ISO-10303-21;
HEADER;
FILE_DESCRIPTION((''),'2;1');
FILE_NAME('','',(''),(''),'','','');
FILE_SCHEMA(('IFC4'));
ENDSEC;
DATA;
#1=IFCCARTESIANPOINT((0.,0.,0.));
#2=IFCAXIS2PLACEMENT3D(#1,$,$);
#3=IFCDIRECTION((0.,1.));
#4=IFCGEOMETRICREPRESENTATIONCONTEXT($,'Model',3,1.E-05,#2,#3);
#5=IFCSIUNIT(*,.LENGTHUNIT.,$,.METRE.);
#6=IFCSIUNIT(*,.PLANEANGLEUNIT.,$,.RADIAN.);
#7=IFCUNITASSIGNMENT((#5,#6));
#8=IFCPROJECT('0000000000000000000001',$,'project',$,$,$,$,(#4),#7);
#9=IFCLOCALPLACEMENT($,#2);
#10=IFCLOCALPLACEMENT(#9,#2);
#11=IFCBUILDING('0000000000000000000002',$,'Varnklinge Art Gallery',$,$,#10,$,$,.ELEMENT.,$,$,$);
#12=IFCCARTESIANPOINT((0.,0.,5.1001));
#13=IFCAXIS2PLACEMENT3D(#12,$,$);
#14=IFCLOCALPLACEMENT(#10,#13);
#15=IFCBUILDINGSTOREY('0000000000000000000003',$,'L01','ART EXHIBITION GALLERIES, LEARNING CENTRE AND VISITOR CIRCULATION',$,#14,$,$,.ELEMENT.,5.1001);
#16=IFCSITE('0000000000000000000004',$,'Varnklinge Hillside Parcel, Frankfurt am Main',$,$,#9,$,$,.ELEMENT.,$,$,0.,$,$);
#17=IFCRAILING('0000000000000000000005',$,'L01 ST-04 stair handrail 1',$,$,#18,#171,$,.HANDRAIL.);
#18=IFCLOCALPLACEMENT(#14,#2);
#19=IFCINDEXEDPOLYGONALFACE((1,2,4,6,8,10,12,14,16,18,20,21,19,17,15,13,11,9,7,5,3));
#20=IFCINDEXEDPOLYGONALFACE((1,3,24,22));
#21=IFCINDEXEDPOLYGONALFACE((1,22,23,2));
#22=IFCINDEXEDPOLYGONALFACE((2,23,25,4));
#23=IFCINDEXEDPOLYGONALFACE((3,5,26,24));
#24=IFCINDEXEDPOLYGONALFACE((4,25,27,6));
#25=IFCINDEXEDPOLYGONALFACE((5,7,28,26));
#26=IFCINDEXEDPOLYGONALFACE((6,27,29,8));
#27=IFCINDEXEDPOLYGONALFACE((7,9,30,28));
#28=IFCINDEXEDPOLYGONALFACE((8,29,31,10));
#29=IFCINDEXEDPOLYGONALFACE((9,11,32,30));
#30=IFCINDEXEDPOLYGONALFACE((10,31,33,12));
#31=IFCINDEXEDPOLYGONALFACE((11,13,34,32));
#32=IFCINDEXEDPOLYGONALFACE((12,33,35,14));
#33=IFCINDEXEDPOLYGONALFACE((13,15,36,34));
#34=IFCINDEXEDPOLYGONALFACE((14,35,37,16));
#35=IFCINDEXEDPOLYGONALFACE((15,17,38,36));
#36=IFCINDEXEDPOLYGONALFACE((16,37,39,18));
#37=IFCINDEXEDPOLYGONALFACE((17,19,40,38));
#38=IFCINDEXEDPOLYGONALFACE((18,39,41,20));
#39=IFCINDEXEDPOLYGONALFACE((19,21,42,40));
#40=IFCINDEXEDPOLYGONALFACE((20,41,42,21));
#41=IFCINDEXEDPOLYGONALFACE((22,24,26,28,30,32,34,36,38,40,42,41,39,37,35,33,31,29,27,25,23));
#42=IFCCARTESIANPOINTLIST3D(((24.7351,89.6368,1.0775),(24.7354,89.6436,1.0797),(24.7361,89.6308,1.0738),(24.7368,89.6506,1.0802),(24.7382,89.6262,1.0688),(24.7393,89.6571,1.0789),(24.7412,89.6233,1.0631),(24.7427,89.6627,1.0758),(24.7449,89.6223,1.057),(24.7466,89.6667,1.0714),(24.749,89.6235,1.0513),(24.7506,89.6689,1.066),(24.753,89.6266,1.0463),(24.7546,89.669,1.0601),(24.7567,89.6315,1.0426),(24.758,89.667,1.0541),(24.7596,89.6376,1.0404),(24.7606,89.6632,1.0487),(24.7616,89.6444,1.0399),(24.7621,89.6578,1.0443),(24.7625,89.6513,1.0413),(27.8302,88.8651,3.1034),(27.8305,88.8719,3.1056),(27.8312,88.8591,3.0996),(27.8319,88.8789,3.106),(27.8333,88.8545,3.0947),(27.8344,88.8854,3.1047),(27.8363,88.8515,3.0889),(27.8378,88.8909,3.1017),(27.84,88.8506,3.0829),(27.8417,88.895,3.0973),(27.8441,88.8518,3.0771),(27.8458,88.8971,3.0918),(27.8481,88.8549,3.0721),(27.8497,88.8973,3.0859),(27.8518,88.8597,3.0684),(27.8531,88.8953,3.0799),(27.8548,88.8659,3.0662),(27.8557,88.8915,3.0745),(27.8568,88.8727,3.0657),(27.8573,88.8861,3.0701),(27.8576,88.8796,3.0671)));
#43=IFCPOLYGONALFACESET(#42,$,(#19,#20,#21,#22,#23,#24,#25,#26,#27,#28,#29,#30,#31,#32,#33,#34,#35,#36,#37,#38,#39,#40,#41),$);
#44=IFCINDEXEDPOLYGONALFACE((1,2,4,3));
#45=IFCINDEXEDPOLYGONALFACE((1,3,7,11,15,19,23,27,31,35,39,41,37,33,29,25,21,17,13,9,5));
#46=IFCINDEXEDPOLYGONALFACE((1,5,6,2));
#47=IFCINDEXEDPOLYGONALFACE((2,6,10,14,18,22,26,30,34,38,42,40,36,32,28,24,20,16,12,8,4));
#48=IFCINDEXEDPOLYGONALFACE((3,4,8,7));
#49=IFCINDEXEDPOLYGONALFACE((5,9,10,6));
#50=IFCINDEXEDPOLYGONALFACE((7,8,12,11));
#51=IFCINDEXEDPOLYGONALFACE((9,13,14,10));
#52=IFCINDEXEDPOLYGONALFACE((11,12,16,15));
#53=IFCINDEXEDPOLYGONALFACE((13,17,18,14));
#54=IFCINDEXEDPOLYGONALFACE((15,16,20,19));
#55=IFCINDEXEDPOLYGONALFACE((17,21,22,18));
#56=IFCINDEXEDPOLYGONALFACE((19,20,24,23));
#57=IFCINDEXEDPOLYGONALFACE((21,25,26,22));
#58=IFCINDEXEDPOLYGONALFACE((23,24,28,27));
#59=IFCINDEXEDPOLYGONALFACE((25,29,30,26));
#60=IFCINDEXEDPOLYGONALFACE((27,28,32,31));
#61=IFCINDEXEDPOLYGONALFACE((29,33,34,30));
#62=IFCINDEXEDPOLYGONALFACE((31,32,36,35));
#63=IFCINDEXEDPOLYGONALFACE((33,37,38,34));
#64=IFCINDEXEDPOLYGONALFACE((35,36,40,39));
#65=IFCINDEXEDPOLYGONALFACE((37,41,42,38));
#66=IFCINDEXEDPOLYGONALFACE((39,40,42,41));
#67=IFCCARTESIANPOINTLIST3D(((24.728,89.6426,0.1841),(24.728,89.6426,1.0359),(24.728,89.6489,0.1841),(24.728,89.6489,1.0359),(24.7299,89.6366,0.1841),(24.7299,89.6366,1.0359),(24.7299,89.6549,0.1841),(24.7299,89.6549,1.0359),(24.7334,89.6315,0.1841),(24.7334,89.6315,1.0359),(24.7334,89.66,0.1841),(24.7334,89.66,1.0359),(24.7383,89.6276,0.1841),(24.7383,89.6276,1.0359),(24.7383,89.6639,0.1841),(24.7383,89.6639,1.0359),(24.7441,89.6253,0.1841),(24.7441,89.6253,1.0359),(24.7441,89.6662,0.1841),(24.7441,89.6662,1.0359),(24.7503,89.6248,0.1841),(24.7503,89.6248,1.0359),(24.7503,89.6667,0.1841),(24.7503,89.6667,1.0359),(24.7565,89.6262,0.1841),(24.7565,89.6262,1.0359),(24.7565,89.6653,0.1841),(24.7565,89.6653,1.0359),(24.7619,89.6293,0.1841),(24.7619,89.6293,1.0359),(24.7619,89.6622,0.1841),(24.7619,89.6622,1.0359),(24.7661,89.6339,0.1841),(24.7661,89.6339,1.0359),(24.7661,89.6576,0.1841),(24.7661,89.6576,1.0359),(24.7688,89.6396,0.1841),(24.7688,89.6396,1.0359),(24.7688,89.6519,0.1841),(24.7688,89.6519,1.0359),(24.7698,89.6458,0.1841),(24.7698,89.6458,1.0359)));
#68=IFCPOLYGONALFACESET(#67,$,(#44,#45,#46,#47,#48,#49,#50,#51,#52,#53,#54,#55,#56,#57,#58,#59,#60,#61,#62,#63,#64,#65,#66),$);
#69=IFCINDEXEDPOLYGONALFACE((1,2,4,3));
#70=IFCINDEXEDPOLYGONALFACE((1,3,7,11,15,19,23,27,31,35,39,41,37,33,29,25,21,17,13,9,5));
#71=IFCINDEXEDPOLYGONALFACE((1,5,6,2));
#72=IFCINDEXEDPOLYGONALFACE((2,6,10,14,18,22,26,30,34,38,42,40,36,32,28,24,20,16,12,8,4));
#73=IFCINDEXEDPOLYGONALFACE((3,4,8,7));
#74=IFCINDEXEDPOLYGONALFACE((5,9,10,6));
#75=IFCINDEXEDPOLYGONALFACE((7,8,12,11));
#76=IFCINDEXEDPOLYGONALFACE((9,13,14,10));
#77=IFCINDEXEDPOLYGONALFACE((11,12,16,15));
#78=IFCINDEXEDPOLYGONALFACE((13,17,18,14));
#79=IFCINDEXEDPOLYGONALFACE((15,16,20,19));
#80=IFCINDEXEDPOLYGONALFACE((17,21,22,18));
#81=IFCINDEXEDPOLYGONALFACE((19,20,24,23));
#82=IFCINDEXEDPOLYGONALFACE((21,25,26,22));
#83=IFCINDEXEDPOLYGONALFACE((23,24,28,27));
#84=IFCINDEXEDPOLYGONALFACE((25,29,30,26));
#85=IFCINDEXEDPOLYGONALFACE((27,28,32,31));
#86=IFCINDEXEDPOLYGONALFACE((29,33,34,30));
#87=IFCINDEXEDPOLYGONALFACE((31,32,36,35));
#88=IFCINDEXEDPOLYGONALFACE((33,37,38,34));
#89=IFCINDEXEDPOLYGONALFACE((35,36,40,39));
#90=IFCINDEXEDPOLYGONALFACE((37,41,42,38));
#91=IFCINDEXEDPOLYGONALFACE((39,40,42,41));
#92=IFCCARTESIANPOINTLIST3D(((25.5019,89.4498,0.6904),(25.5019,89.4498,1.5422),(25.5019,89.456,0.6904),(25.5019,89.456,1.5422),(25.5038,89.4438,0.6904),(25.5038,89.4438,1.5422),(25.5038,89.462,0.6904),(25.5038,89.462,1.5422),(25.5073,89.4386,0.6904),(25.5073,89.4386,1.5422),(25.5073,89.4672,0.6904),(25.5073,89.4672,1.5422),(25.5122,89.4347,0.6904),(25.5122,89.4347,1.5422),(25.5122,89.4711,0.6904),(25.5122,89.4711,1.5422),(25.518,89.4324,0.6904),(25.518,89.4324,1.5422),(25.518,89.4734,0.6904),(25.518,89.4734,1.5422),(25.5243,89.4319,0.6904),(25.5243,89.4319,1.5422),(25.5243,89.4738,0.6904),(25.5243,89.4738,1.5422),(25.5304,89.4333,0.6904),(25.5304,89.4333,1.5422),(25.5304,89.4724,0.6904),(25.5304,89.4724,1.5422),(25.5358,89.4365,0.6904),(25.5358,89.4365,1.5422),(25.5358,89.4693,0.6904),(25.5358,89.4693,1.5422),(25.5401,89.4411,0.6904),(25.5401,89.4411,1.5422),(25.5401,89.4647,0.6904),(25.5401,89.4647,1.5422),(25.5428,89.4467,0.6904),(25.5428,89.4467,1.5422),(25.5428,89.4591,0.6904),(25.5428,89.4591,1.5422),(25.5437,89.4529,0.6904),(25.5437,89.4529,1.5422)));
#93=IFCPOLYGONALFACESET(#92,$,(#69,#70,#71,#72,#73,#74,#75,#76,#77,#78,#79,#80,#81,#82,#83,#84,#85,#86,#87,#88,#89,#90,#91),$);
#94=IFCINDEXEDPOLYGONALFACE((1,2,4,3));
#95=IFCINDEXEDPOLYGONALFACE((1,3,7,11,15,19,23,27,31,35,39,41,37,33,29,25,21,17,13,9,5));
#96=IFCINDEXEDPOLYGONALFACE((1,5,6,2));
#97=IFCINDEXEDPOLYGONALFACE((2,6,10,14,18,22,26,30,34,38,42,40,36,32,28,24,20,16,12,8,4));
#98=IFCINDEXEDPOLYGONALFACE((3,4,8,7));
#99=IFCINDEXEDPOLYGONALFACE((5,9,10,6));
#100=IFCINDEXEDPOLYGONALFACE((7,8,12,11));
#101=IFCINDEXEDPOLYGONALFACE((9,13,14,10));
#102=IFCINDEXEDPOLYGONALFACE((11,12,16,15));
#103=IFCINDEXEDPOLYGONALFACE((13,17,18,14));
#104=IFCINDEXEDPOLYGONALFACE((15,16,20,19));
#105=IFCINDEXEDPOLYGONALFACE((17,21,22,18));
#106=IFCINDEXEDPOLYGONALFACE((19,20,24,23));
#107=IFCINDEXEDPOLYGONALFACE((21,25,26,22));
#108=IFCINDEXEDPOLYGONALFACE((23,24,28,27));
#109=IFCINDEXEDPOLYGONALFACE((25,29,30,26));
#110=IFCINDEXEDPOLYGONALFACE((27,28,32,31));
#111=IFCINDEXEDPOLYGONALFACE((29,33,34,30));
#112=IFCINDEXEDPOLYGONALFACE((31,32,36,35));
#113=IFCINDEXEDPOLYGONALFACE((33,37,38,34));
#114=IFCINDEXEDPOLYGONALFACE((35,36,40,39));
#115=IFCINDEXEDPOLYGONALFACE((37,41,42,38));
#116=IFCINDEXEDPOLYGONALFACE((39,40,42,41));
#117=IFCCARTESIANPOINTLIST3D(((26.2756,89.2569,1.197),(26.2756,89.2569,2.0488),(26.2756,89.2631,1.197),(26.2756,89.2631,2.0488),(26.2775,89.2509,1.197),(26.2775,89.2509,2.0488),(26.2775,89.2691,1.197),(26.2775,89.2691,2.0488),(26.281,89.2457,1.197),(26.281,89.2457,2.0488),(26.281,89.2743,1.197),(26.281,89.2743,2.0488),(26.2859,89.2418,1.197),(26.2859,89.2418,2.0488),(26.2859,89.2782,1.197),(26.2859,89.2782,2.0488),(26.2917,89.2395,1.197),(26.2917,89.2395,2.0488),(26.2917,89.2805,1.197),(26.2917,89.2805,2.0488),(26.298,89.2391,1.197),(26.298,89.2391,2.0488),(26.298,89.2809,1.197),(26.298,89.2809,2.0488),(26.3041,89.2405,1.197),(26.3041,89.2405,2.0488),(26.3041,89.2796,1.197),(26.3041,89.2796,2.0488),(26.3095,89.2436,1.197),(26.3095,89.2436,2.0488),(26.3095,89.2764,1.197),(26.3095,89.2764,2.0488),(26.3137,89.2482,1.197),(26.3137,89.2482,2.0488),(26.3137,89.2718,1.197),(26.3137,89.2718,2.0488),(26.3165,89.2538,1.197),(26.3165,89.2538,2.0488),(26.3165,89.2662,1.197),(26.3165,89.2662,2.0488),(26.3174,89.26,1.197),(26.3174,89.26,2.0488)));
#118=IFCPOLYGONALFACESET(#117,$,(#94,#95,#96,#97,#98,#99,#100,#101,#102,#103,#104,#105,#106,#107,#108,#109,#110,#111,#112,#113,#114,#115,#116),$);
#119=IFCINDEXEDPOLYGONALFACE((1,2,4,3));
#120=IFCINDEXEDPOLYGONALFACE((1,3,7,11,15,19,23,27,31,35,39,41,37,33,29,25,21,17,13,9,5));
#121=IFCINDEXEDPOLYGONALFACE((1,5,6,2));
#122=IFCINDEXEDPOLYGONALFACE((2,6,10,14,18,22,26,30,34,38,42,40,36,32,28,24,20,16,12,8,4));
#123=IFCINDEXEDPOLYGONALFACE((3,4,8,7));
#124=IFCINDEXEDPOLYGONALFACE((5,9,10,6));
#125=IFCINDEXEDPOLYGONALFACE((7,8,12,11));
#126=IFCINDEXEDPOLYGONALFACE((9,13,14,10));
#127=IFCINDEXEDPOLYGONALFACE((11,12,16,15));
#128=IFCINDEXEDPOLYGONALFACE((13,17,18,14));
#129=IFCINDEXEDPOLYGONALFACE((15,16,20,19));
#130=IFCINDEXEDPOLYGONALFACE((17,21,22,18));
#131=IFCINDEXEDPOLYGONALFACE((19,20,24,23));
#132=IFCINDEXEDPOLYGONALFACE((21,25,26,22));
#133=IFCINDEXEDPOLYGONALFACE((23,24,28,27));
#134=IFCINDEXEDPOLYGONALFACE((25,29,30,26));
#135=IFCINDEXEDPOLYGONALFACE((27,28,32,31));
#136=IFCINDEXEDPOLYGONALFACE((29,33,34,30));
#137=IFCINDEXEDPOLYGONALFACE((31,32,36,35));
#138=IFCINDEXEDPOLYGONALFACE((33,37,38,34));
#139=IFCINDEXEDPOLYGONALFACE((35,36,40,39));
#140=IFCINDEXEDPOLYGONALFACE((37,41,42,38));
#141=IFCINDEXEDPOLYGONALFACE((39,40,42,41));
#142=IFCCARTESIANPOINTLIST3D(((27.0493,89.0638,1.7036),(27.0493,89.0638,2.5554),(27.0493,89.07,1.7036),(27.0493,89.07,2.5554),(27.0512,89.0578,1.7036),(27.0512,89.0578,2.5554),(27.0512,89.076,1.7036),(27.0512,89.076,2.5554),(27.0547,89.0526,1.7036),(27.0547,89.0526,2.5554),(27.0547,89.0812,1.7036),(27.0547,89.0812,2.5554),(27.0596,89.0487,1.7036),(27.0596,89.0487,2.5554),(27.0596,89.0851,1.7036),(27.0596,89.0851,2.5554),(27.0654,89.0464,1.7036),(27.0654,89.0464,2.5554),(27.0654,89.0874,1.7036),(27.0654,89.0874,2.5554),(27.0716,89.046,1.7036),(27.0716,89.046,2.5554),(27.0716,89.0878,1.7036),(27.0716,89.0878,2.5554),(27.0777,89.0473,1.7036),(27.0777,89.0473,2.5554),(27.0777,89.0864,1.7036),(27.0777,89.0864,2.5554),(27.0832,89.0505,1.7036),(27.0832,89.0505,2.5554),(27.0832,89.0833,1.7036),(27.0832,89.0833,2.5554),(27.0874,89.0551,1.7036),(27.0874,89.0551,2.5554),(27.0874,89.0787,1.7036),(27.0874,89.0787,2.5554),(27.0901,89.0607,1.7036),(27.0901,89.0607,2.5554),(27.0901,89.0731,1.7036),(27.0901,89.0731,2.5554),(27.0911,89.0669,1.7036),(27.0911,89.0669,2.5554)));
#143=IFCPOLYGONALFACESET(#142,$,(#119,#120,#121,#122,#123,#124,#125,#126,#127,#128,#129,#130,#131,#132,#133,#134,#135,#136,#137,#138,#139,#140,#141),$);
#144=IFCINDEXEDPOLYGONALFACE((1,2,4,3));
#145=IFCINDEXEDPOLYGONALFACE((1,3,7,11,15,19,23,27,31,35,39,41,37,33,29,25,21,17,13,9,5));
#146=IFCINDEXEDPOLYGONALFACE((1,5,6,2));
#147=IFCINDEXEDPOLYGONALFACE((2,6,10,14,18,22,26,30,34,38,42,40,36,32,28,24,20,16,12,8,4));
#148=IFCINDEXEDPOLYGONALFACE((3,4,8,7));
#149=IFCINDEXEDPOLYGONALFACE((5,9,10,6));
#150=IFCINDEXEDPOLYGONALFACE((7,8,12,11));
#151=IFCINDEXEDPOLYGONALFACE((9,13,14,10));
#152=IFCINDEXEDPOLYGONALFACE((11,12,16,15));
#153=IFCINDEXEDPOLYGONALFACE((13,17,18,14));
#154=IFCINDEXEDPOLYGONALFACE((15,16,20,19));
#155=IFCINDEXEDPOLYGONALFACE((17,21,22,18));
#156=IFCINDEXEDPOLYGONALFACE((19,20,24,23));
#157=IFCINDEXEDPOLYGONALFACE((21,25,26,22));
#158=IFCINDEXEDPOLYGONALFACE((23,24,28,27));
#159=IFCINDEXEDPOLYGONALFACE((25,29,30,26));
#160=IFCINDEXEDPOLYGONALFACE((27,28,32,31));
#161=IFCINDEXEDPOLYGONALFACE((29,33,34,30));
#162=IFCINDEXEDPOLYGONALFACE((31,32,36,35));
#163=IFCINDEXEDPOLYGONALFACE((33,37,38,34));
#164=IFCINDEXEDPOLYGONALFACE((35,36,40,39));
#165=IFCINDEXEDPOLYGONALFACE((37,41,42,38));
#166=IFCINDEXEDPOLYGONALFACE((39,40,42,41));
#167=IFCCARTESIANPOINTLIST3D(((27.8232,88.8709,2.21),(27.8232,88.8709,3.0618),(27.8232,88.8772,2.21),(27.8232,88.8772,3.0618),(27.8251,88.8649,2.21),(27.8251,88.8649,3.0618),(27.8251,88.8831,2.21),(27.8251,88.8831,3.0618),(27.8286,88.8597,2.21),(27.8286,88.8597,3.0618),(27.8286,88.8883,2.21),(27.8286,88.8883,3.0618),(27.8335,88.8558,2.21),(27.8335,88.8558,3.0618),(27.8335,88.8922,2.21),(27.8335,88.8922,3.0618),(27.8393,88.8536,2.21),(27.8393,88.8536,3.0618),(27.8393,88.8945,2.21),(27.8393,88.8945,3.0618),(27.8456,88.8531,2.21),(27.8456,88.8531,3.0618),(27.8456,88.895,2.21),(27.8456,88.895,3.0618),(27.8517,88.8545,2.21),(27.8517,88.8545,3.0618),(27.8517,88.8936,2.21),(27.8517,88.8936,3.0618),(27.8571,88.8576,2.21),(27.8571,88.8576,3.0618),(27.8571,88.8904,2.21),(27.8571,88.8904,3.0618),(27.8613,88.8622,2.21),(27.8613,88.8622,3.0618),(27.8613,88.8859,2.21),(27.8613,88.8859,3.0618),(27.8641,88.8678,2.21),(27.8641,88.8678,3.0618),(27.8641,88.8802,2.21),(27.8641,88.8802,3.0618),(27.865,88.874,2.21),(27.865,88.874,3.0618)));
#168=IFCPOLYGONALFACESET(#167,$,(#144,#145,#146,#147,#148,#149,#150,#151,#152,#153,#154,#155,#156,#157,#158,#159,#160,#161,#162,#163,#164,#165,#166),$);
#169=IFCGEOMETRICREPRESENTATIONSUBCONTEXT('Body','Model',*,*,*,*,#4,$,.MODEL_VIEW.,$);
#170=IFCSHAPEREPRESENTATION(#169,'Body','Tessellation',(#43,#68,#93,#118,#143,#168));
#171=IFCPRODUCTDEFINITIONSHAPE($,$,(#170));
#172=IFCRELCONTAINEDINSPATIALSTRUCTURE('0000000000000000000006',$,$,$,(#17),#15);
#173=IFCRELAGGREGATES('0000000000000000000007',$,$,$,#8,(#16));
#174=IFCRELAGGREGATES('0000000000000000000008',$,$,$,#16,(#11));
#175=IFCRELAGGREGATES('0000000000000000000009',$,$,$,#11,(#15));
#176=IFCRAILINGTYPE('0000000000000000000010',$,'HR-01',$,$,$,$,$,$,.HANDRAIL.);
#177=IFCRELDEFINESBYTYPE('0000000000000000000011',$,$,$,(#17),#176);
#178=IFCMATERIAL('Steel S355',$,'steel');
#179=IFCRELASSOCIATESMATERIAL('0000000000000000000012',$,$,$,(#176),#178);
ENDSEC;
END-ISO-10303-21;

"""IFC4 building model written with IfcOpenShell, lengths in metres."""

from ifc_helpers import new_model, si_unit, direction, frame, origin, origin_2d, place, context, subcontext, project, spatial, circle, extrude, material, type_object, element, save


model = new_model("IFC4")

# Units and contexts
model_context = context("Model", 3, precision=1e-05, world=origin(), true_north=direction((0.0, 1.0)))
body_context = subcontext(model_context, "Body", "Model", "MODEL_VIEW")
ifc_project = project(units=[si_unit("LENGTHUNIT", "METRE"), si_unit("PLANEANGLEUNIT", "RADIAN")], contexts=[model_context])

# Site, building, storey
site_placement = place(None, origin())
site = spatial("IfcSite", under=ifc_project, at=site_placement, Name="Varnklinge Hillside Parcel, Frankfurt am Main", CompositionType="ELEMENT", RefElevation=0.0)
building_placement = place(site_placement, origin())
building = spatial("IfcBuilding", under=site, at=building_placement, Name="Varnklinge Art Gallery", CompositionType="ELEMENT")
storey_placement = place(building_placement, frame((0.0, 0.0, 5.1001)))
storey = spatial("IfcBuildingStorey", under=building, at=storey_placement, Name="L01", Description="ART EXHIBITION GALLERIES, LEARNING CENTRE AND VISITOR CIRCULATION", CompositionType="ELEMENT", Elevation=5.1001)

# Railing
ifc_material_1 = material(Name="Steel S355", Category="steel")
railing_type_1 = type_object("IfcRailingType", Name="HR-01", PredefinedType="HANDRAIL", material=ifc_material_1)
railing_1_placement = place(storey_placement, frame((24.7488, 89.6458, 0.1841)))
element("IfcRailing", 1, at=railing_1_placement, inside=storey, type_object=railing_type_1, Name="L01 ST-04 stair handrail 1", PredefinedType="HANDRAIL", context=body_context, shape_type="SweptSolid", body=[
    extrude(circle(Radius=0.0239, at=origin_2d()), frame((0.0, 0.0, 0.876), z_axis=(0.819078, -0.20422, 0.536102), x_axis=(0.241923, 0.970295, 0.0)), (0.0, 0.0, 1.0), 3.7788),
    extrude(circle(Radius=0.021, at=origin_2d()), origin(), (0.0, 0.0, 1.0), 0.8518),
    extrude(circle(Radius=0.021, at=origin_2d()), frame((0.7739, -0.1929, 0.5063)), (0.0, 0.0, 1.0), 0.8518),
    extrude(circle(Radius=0.021, at=origin_2d()), frame((1.5476, -0.3857, 1.0129)), (0.0, 0.0, 1.0), 0.8518),
    extrude(circle(Radius=0.021, at=origin_2d()), frame((2.3213, -0.5789, 1.5195)), (0.0, 0.0, 1.0), 0.8518),
    extrude(circle(Radius=0.021, at=origin_2d()), frame((3.0952, -0.7717, 2.0259)), (0.0, 0.0, 1.0), 0.8518),
])

save(model, "model.ifc")
